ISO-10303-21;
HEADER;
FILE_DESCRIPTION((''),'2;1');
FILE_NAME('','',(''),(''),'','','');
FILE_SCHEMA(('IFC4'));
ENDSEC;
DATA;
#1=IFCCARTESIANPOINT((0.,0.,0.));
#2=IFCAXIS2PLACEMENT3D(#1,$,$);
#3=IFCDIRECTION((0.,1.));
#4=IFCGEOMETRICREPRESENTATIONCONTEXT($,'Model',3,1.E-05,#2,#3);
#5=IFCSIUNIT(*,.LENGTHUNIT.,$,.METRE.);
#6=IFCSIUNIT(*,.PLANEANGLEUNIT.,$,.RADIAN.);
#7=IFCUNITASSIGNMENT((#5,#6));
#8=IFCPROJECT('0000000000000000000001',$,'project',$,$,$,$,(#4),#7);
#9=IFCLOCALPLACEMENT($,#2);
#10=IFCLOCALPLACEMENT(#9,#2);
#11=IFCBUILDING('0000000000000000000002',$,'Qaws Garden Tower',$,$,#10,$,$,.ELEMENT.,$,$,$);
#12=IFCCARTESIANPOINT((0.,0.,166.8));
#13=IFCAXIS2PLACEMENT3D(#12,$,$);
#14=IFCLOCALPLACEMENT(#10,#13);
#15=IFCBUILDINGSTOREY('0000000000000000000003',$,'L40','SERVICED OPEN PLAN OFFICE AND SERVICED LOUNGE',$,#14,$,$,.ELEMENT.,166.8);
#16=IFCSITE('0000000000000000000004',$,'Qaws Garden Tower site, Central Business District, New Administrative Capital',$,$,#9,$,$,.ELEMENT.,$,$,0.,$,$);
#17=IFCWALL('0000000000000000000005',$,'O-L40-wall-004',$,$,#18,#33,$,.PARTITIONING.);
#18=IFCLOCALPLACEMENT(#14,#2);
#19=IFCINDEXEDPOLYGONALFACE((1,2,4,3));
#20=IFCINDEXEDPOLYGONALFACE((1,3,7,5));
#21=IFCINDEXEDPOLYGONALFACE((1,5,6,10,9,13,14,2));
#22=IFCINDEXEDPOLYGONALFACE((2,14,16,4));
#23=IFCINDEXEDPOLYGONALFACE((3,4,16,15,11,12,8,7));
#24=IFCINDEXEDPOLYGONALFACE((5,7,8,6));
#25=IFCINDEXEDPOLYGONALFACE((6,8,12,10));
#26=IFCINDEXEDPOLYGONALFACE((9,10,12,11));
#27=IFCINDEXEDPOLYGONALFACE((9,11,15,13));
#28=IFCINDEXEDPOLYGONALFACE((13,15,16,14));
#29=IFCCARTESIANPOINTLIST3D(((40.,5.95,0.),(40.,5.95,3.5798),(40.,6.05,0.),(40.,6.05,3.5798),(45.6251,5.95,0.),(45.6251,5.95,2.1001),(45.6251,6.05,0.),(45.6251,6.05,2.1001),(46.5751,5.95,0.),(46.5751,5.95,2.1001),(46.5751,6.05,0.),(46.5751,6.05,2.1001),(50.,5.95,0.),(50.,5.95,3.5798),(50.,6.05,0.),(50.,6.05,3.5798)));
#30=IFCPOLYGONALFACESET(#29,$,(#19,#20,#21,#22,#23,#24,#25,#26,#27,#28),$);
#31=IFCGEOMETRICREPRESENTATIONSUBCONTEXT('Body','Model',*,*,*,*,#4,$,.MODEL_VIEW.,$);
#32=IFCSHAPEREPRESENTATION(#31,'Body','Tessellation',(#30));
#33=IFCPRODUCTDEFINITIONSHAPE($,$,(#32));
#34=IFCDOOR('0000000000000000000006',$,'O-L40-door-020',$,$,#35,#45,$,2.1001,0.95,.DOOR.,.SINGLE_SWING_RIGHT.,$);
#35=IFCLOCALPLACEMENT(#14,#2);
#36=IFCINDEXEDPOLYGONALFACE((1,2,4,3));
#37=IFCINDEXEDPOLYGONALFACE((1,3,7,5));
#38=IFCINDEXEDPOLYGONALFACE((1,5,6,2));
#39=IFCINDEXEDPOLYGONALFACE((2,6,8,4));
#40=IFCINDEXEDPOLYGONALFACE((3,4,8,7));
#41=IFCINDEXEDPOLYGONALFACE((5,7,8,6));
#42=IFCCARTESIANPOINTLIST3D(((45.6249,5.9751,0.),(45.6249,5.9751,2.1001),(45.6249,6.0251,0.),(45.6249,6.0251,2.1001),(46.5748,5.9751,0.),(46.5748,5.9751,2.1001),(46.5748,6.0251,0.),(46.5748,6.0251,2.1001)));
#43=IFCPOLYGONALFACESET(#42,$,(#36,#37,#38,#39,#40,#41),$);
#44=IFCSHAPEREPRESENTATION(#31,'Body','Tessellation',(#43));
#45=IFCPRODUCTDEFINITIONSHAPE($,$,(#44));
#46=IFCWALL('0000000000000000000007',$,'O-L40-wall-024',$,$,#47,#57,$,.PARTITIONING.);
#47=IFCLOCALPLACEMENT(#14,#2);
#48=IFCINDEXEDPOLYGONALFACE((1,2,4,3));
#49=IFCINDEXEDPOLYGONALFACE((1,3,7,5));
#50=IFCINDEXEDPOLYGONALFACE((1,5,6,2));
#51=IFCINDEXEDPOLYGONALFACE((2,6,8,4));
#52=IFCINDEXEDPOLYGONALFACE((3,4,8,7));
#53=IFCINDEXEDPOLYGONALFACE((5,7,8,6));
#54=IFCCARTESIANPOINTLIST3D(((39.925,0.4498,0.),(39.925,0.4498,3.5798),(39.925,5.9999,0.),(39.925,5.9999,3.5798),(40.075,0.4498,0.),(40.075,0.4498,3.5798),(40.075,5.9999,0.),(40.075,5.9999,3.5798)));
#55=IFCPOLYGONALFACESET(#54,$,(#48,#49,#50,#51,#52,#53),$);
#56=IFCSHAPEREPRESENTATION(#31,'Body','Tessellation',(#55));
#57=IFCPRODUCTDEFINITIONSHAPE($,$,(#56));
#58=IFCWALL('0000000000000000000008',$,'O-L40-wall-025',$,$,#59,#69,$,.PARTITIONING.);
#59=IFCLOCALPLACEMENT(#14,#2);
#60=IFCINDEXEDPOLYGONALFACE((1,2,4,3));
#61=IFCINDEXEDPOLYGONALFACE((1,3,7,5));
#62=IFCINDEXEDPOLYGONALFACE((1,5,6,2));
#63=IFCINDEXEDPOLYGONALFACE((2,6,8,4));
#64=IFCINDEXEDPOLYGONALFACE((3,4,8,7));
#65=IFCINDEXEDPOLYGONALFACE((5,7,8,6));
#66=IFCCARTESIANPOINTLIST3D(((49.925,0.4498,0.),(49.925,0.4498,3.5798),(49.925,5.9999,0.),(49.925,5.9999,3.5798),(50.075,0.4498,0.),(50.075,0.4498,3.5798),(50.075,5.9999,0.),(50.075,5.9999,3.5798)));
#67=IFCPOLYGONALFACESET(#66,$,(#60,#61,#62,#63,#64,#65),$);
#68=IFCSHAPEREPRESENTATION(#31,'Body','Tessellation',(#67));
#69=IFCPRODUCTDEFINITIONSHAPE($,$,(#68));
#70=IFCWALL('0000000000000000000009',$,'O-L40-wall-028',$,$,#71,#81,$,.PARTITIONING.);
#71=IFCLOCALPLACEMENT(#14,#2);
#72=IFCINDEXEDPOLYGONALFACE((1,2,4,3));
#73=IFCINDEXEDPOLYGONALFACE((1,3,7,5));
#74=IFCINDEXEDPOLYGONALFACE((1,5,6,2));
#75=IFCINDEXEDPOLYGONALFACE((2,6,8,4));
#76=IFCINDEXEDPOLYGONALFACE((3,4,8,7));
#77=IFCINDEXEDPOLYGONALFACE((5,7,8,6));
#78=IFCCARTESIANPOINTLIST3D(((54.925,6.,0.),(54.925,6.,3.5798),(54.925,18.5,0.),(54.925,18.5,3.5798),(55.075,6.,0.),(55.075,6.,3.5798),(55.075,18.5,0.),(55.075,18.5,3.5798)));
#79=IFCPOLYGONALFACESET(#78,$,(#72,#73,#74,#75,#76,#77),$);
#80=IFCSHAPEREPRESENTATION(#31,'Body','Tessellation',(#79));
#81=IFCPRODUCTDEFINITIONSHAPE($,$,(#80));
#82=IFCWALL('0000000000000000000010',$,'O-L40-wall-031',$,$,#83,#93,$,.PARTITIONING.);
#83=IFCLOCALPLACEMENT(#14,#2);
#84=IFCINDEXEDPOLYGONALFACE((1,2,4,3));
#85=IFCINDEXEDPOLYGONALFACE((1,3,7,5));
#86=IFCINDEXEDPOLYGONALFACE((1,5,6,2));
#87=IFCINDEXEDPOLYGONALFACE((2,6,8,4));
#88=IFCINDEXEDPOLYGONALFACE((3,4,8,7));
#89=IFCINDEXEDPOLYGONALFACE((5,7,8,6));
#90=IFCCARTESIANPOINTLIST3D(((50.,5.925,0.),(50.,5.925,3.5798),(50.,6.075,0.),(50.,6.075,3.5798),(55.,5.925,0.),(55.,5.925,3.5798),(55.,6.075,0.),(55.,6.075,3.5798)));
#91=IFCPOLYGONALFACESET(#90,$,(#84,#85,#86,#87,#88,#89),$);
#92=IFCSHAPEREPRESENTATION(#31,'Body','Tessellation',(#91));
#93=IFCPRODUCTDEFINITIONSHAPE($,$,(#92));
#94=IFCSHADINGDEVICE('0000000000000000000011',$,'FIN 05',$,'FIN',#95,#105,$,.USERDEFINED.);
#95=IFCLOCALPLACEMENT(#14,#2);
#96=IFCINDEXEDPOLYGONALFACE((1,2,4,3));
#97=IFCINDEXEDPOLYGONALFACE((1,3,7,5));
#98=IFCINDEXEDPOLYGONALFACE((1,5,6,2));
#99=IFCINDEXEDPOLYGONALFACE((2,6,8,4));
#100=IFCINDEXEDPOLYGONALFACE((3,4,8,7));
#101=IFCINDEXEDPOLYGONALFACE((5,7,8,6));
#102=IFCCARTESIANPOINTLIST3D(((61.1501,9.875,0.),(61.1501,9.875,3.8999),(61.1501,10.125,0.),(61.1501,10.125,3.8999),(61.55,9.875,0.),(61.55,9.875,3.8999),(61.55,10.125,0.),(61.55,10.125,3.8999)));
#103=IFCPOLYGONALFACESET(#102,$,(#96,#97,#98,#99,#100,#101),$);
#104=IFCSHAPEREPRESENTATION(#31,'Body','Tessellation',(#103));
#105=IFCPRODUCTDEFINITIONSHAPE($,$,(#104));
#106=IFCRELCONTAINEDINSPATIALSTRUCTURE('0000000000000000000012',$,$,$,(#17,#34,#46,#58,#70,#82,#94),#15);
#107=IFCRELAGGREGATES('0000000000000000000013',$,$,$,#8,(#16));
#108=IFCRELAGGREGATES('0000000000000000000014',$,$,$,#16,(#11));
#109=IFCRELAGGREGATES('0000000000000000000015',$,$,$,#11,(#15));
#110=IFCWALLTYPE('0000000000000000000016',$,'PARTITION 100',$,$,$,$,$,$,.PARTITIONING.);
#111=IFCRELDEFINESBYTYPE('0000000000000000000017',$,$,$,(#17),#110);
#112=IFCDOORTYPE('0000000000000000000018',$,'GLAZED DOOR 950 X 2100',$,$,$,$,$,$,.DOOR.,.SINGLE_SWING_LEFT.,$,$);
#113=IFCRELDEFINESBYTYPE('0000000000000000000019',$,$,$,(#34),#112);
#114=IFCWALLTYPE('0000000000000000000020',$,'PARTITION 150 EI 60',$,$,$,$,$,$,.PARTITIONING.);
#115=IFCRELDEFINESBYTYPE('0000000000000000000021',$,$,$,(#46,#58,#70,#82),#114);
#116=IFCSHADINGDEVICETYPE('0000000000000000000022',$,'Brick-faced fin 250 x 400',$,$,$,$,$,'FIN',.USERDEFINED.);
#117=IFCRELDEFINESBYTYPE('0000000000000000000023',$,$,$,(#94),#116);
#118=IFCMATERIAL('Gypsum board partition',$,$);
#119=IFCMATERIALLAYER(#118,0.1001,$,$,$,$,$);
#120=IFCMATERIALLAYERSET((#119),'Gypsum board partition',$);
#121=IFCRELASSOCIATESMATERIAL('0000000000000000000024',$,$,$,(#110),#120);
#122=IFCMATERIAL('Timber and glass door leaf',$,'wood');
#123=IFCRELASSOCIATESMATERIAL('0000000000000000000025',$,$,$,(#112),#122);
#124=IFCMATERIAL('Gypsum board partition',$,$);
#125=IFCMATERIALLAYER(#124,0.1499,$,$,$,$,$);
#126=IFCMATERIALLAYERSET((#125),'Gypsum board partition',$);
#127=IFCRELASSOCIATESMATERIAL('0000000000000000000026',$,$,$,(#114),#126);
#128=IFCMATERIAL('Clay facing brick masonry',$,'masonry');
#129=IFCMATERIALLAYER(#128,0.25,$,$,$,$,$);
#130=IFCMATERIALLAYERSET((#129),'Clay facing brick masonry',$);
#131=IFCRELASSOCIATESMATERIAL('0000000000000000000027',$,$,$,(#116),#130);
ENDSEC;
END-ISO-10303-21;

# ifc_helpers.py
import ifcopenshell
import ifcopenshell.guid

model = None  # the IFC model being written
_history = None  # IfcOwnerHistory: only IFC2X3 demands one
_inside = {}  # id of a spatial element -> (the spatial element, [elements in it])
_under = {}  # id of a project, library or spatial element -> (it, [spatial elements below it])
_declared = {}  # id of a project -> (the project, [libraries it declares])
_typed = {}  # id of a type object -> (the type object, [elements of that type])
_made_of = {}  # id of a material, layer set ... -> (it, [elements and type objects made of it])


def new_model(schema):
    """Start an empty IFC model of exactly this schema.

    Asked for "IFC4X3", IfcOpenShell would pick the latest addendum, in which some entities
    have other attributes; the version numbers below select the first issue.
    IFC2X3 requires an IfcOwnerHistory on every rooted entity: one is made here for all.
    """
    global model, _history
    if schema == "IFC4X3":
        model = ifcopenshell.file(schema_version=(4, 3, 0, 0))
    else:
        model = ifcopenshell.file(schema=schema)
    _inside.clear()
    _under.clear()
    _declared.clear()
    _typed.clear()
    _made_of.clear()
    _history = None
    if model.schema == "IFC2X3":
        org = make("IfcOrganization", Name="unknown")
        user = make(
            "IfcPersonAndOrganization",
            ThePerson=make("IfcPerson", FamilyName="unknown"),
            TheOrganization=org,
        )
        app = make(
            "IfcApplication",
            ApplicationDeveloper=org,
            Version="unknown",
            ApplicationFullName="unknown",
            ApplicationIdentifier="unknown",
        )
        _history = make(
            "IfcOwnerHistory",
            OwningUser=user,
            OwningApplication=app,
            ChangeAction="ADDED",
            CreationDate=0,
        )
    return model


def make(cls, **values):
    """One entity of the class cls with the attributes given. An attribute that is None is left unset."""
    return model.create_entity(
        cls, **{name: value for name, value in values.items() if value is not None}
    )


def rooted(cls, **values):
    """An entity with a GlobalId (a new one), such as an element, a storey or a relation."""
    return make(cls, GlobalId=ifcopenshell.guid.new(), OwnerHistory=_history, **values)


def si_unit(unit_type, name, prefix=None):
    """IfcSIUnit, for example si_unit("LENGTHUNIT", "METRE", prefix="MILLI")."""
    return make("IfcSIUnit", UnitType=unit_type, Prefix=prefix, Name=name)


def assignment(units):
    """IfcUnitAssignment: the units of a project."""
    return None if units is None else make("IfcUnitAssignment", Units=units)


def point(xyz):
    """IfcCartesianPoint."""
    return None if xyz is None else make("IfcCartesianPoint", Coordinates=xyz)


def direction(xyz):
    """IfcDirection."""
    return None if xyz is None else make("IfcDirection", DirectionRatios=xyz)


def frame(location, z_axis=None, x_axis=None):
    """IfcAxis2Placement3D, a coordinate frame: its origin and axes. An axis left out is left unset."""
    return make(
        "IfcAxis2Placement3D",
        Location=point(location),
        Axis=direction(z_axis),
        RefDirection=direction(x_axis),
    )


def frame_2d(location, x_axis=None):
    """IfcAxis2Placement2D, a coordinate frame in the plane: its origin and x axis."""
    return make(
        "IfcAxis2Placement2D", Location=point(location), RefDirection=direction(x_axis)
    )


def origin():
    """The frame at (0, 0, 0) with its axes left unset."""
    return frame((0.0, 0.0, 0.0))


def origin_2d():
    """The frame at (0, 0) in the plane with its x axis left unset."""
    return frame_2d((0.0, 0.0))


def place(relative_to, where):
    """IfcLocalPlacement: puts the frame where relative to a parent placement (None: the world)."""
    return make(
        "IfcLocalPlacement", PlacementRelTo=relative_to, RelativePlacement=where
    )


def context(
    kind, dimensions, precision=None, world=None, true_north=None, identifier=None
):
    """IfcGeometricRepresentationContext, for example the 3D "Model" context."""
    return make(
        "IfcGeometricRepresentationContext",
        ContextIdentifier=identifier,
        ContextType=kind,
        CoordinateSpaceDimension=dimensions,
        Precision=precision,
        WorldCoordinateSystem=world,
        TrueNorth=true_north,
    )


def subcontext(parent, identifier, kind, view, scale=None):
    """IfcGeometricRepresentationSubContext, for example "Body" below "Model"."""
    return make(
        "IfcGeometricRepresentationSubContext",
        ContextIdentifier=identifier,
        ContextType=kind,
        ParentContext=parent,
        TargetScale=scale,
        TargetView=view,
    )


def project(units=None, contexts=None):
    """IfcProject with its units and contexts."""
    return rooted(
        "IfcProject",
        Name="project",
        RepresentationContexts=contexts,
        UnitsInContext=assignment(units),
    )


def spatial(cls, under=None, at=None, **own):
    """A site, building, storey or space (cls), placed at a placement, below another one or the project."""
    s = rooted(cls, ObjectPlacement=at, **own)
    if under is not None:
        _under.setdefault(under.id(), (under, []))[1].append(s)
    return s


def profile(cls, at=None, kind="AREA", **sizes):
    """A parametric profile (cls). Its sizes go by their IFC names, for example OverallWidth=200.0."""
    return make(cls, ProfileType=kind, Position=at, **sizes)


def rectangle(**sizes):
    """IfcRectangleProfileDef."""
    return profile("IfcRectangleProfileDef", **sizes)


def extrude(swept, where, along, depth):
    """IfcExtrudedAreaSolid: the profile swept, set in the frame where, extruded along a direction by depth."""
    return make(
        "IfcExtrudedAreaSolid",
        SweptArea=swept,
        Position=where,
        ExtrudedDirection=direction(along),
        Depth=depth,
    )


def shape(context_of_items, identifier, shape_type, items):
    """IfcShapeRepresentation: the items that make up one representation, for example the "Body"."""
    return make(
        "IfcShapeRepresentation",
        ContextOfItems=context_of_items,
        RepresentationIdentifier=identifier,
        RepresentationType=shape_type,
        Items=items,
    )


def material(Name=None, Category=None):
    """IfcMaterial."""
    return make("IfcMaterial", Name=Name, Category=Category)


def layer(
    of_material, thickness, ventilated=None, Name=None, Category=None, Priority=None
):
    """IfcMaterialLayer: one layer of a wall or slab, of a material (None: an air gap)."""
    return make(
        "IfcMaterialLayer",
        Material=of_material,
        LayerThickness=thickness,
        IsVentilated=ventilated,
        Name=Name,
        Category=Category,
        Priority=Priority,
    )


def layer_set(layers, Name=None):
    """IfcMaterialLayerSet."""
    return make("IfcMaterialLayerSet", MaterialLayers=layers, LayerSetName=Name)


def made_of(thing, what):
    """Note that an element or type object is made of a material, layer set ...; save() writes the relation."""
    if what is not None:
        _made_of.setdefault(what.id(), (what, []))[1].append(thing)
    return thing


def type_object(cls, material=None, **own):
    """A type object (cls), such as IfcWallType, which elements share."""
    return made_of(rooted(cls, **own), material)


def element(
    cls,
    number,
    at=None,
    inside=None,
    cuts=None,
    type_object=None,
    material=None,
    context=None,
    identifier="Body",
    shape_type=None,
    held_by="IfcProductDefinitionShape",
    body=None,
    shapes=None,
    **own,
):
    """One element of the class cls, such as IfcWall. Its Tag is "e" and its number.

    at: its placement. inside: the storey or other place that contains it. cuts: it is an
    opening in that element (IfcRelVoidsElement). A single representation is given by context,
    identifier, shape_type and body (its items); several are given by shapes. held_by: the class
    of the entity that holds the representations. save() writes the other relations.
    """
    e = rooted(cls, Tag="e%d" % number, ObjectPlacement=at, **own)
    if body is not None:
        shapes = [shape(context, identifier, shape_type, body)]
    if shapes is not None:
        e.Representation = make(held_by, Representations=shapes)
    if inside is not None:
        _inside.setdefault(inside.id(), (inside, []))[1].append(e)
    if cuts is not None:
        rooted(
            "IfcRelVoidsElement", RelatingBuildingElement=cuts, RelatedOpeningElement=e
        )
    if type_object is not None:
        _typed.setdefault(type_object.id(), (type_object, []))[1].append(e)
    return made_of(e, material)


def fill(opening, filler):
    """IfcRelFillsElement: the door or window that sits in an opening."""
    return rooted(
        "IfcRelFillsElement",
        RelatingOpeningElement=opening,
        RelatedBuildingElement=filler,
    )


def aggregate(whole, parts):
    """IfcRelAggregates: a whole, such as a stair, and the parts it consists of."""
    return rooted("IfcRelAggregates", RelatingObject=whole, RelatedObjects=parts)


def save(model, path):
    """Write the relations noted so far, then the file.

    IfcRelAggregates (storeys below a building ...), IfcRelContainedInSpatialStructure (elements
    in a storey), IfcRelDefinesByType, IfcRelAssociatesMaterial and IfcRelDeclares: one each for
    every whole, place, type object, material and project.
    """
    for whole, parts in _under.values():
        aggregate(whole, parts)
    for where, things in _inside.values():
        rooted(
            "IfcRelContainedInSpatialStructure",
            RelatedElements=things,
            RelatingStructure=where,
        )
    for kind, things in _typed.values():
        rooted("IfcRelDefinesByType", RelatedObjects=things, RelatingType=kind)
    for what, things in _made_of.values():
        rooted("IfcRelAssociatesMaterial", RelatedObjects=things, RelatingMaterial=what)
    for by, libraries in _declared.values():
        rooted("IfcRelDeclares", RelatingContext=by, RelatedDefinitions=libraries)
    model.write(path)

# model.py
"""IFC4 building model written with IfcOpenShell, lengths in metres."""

from ifc_helpers import new_model, si_unit, direction, frame, frame_2d, origin, origin_2d, place, context, subcontext, project, spatial, rectangle, extrude, material, layer, layer_set, type_object, element, fill, save


model = new_model("IFC4")

# Units and contexts
model_context = context("Model", 3, precision=1e-05, world=origin(), true_north=direction((0.0, 1.0)))
body_context = subcontext(model_context, "Body", "Model", "MODEL_VIEW")
ifc_project = project(units=[si_unit("LENGTHUNIT", "METRE"), si_unit("PLANEANGLEUNIT", "RADIAN")], contexts=[model_context])

# Site, building, storey
site_placement = place(None, origin())
site = spatial("IfcSite", under=ifc_project, at=site_placement, Name="Qaws Garden Tower site, Central Business District, New Administrative Capital", CompositionType="ELEMENT", RefElevation=0.0)
building_placement = place(site_placement, origin())
building = spatial("IfcBuilding", under=site, at=building_placement, Name="Qaws Garden Tower", CompositionType="ELEMENT")
storey_placement = place(building_placement, frame((0.0, 0.0, 166.8)))
storey = spatial("IfcBuildingStorey", under=building, at=storey_placement, Name="L40", Description="SERVICED OPEN PLAN OFFICE AND SERVICED LOUNGE", CompositionType="ELEMENT", Elevation=166.8)

# Wall, opening, door
ifc_material_1 = material(Name="Gypsum board partition")
ifc_layer_1 = layer(ifc_material_1, 0.1001)
ifc_layer_set_1 = layer_set([ifc_layer_1], Name="Gypsum board partition")
wall_type_1 = type_object("IfcWallType", Name="PARTITION 100", PredefinedType="PARTITIONING", material=ifc_layer_set_1)
wall_1_placement = place(storey_placement, frame((40.0, 6.0, 0.0), z_axis=(0.0, 0.0, 1.0), x_axis=(1.0, 0.0, 0.0)))
wall_1 = element("IfcWall", 1, at=wall_1_placement, inside=storey, type_object=wall_type_1, Name="O-L40-wall-004", PredefinedType="PARTITIONING", context=body_context, shape_type="SweptSolid", body=[
    extrude(rectangle(XDim=10.0, YDim=0.1001, at=frame_2d((5.0, 0.0))), origin(), (0.0, 0.0, 1.0), 3.5798),
])
opening_1_placement = place(wall_1_placement, frame((5.625, 0.0, 0.0)))
opening_1 = element("IfcOpeningElement", 2, at=opening_1_placement, cuts=wall_1, PredefinedType="OPENING", context=body_context, shape_type="SweptSolid", body=[
    extrude(rectangle(XDim=0.95, YDim=2.1001, at=frame_2d((0.4751, 1.05))), frame((0.0, 0.0601, 0.0), z_axis=(0.0, -1.0, 0.0), x_axis=(1.0, 0.0, 0.0)), (0.0, 0.0, 1.0), 0.1201),
])
ifc_material_2 = material(Name="Timber and glass door leaf", Category="wood")
door_type = type_object("IfcDoorType", Name="GLAZED DOOR 950 X 2100", OperationType="SINGLE_SWING_LEFT", PredefinedType="DOOR", material=ifc_material_2)
door_placement = place(opening_1_placement, frame((0.95, 0.0, 0.0), z_axis=(0.0, 0.0, 1.0), x_axis=(-1.0, 0.0, 0.0)))
door = element("IfcDoor", 3, at=door_placement, inside=storey, type_object=door_type, Name="O-L40-door-020", OperationType="SINGLE_SWING_RIGHT", OverallHeight=2.1001, OverallWidth=0.95, PredefinedType="DOOR", context=body_context, shape_type="SweptSolid", body=[
    extrude(rectangle(XDim=0.95, YDim=2.1001, at=frame_2d((0.4751, 1.05))), frame((0.0, 0.0249, 0.0), z_axis=(0.0, -1.0, 0.0), x_axis=(1.0, 0.0, 0.0)), (0.0, 0.0, 1.0), 0.05),
])
fill(opening_1, door)

# Walls
ifc_material_3 = material(Name="Gypsum board partition")
ifc_layer_2 = layer(ifc_material_3, 0.1499)
ifc_layer_set_2 = layer_set([ifc_layer_2], Name="Gypsum board partition")
wall_type_2 = type_object("IfcWallType", Name="PARTITION 150 EI 60", PredefinedType="PARTITIONING", material=ifc_layer_set_2)
for number, where, z_axis, x_axis, name in (
    (4, (40.0, 0.45, 0.0), (0.0, 0.0, 1.0), (0.0, 1.0, 0.0), "O-L40-wall-024"),
    (5, (50.0, 0.45, 0.0), (0.0, 0.0, 1.0), (0.0, 1.0, 0.0), "O-L40-wall-025"),
):
    element("IfcWall", number, at=place(storey_placement, frame(where, z_axis=z_axis, x_axis=x_axis)), inside=storey, type_object=wall_type_2, Name=name, PredefinedType="PARTITIONING", context=body_context, shape_type="SweptSolid", body=[
        extrude(rectangle(XDim=5.55, YDim=0.1499, at=frame_2d((2.7749, 0.0))), origin(), (0.0, 0.0, 1.0), 3.5798),
    ])
wall_2_placement = place(storey_placement, frame((55.0, 6.0, 0.0), z_axis=(0.0, 0.0, 1.0), x_axis=(0.0, 1.0, 0.0)))
element("IfcWall", 6, at=wall_2_placement, inside=storey, type_object=wall_type_2, Name="O-L40-wall-028", PredefinedType="PARTITIONING", context=body_context, shape_type="SweptSolid", body=[
    extrude(rectangle(XDim=12.5, YDim=0.1499, at=frame_2d((6.25, 0.0))), origin(), (0.0, 0.0, 1.0), 3.5798),
])
wall_3_placement = place(storey_placement, frame((50.0, 6.0, 0.0), z_axis=(0.0, 0.0, 1.0), x_axis=(1.0, 0.0, 0.0)))
element("IfcWall", 7, at=wall_3_placement, inside=storey, type_object=wall_type_2, Name="O-L40-wall-031", PredefinedType="PARTITIONING", context=body_context, shape_type="SweptSolid", body=[
    extrude(rectangle(XDim=5.0, YDim=0.1499, at=frame_2d((2.5, 0.0))), origin(), (0.0, 0.0, 1.0), 3.5798),
])

# Shading device
ifc_material_4 = material(Name="Clay facing brick masonry", Category="masonry")
ifc_layer_3 = layer(ifc_material_4, 0.25)
ifc_layer_set_3 = layer_set([ifc_layer_3], Name="Clay facing brick masonry")
shading_device_type = type_object("IfcShadingDeviceType", Name="Brick-faced fin 250 x 400", ElementType="FIN", PredefinedType="USERDEFINED", material=ifc_layer_set_3)
shading_device_placement = place(storey_placement, frame((61.3501, 10.0, 0.0), z_axis=(0.0, 0.0, 1.0), x_axis=(0.0, 1.0, 0.0)))
element("IfcShadingDevice", 8, at=shading_device_placement, inside=storey, type_object=shading_device_type, Name="FIN 05", ObjectType="FIN", PredefinedType="USERDEFINED", context=body_context, shape_type="SweptSolid", body=[
    extrude(rectangle(XDim=0.25, YDim=0.3999, at=origin_2d()), origin(), (0.0, 0.0, 1.0), 3.8999),
])

save(model, "model.ifc")
